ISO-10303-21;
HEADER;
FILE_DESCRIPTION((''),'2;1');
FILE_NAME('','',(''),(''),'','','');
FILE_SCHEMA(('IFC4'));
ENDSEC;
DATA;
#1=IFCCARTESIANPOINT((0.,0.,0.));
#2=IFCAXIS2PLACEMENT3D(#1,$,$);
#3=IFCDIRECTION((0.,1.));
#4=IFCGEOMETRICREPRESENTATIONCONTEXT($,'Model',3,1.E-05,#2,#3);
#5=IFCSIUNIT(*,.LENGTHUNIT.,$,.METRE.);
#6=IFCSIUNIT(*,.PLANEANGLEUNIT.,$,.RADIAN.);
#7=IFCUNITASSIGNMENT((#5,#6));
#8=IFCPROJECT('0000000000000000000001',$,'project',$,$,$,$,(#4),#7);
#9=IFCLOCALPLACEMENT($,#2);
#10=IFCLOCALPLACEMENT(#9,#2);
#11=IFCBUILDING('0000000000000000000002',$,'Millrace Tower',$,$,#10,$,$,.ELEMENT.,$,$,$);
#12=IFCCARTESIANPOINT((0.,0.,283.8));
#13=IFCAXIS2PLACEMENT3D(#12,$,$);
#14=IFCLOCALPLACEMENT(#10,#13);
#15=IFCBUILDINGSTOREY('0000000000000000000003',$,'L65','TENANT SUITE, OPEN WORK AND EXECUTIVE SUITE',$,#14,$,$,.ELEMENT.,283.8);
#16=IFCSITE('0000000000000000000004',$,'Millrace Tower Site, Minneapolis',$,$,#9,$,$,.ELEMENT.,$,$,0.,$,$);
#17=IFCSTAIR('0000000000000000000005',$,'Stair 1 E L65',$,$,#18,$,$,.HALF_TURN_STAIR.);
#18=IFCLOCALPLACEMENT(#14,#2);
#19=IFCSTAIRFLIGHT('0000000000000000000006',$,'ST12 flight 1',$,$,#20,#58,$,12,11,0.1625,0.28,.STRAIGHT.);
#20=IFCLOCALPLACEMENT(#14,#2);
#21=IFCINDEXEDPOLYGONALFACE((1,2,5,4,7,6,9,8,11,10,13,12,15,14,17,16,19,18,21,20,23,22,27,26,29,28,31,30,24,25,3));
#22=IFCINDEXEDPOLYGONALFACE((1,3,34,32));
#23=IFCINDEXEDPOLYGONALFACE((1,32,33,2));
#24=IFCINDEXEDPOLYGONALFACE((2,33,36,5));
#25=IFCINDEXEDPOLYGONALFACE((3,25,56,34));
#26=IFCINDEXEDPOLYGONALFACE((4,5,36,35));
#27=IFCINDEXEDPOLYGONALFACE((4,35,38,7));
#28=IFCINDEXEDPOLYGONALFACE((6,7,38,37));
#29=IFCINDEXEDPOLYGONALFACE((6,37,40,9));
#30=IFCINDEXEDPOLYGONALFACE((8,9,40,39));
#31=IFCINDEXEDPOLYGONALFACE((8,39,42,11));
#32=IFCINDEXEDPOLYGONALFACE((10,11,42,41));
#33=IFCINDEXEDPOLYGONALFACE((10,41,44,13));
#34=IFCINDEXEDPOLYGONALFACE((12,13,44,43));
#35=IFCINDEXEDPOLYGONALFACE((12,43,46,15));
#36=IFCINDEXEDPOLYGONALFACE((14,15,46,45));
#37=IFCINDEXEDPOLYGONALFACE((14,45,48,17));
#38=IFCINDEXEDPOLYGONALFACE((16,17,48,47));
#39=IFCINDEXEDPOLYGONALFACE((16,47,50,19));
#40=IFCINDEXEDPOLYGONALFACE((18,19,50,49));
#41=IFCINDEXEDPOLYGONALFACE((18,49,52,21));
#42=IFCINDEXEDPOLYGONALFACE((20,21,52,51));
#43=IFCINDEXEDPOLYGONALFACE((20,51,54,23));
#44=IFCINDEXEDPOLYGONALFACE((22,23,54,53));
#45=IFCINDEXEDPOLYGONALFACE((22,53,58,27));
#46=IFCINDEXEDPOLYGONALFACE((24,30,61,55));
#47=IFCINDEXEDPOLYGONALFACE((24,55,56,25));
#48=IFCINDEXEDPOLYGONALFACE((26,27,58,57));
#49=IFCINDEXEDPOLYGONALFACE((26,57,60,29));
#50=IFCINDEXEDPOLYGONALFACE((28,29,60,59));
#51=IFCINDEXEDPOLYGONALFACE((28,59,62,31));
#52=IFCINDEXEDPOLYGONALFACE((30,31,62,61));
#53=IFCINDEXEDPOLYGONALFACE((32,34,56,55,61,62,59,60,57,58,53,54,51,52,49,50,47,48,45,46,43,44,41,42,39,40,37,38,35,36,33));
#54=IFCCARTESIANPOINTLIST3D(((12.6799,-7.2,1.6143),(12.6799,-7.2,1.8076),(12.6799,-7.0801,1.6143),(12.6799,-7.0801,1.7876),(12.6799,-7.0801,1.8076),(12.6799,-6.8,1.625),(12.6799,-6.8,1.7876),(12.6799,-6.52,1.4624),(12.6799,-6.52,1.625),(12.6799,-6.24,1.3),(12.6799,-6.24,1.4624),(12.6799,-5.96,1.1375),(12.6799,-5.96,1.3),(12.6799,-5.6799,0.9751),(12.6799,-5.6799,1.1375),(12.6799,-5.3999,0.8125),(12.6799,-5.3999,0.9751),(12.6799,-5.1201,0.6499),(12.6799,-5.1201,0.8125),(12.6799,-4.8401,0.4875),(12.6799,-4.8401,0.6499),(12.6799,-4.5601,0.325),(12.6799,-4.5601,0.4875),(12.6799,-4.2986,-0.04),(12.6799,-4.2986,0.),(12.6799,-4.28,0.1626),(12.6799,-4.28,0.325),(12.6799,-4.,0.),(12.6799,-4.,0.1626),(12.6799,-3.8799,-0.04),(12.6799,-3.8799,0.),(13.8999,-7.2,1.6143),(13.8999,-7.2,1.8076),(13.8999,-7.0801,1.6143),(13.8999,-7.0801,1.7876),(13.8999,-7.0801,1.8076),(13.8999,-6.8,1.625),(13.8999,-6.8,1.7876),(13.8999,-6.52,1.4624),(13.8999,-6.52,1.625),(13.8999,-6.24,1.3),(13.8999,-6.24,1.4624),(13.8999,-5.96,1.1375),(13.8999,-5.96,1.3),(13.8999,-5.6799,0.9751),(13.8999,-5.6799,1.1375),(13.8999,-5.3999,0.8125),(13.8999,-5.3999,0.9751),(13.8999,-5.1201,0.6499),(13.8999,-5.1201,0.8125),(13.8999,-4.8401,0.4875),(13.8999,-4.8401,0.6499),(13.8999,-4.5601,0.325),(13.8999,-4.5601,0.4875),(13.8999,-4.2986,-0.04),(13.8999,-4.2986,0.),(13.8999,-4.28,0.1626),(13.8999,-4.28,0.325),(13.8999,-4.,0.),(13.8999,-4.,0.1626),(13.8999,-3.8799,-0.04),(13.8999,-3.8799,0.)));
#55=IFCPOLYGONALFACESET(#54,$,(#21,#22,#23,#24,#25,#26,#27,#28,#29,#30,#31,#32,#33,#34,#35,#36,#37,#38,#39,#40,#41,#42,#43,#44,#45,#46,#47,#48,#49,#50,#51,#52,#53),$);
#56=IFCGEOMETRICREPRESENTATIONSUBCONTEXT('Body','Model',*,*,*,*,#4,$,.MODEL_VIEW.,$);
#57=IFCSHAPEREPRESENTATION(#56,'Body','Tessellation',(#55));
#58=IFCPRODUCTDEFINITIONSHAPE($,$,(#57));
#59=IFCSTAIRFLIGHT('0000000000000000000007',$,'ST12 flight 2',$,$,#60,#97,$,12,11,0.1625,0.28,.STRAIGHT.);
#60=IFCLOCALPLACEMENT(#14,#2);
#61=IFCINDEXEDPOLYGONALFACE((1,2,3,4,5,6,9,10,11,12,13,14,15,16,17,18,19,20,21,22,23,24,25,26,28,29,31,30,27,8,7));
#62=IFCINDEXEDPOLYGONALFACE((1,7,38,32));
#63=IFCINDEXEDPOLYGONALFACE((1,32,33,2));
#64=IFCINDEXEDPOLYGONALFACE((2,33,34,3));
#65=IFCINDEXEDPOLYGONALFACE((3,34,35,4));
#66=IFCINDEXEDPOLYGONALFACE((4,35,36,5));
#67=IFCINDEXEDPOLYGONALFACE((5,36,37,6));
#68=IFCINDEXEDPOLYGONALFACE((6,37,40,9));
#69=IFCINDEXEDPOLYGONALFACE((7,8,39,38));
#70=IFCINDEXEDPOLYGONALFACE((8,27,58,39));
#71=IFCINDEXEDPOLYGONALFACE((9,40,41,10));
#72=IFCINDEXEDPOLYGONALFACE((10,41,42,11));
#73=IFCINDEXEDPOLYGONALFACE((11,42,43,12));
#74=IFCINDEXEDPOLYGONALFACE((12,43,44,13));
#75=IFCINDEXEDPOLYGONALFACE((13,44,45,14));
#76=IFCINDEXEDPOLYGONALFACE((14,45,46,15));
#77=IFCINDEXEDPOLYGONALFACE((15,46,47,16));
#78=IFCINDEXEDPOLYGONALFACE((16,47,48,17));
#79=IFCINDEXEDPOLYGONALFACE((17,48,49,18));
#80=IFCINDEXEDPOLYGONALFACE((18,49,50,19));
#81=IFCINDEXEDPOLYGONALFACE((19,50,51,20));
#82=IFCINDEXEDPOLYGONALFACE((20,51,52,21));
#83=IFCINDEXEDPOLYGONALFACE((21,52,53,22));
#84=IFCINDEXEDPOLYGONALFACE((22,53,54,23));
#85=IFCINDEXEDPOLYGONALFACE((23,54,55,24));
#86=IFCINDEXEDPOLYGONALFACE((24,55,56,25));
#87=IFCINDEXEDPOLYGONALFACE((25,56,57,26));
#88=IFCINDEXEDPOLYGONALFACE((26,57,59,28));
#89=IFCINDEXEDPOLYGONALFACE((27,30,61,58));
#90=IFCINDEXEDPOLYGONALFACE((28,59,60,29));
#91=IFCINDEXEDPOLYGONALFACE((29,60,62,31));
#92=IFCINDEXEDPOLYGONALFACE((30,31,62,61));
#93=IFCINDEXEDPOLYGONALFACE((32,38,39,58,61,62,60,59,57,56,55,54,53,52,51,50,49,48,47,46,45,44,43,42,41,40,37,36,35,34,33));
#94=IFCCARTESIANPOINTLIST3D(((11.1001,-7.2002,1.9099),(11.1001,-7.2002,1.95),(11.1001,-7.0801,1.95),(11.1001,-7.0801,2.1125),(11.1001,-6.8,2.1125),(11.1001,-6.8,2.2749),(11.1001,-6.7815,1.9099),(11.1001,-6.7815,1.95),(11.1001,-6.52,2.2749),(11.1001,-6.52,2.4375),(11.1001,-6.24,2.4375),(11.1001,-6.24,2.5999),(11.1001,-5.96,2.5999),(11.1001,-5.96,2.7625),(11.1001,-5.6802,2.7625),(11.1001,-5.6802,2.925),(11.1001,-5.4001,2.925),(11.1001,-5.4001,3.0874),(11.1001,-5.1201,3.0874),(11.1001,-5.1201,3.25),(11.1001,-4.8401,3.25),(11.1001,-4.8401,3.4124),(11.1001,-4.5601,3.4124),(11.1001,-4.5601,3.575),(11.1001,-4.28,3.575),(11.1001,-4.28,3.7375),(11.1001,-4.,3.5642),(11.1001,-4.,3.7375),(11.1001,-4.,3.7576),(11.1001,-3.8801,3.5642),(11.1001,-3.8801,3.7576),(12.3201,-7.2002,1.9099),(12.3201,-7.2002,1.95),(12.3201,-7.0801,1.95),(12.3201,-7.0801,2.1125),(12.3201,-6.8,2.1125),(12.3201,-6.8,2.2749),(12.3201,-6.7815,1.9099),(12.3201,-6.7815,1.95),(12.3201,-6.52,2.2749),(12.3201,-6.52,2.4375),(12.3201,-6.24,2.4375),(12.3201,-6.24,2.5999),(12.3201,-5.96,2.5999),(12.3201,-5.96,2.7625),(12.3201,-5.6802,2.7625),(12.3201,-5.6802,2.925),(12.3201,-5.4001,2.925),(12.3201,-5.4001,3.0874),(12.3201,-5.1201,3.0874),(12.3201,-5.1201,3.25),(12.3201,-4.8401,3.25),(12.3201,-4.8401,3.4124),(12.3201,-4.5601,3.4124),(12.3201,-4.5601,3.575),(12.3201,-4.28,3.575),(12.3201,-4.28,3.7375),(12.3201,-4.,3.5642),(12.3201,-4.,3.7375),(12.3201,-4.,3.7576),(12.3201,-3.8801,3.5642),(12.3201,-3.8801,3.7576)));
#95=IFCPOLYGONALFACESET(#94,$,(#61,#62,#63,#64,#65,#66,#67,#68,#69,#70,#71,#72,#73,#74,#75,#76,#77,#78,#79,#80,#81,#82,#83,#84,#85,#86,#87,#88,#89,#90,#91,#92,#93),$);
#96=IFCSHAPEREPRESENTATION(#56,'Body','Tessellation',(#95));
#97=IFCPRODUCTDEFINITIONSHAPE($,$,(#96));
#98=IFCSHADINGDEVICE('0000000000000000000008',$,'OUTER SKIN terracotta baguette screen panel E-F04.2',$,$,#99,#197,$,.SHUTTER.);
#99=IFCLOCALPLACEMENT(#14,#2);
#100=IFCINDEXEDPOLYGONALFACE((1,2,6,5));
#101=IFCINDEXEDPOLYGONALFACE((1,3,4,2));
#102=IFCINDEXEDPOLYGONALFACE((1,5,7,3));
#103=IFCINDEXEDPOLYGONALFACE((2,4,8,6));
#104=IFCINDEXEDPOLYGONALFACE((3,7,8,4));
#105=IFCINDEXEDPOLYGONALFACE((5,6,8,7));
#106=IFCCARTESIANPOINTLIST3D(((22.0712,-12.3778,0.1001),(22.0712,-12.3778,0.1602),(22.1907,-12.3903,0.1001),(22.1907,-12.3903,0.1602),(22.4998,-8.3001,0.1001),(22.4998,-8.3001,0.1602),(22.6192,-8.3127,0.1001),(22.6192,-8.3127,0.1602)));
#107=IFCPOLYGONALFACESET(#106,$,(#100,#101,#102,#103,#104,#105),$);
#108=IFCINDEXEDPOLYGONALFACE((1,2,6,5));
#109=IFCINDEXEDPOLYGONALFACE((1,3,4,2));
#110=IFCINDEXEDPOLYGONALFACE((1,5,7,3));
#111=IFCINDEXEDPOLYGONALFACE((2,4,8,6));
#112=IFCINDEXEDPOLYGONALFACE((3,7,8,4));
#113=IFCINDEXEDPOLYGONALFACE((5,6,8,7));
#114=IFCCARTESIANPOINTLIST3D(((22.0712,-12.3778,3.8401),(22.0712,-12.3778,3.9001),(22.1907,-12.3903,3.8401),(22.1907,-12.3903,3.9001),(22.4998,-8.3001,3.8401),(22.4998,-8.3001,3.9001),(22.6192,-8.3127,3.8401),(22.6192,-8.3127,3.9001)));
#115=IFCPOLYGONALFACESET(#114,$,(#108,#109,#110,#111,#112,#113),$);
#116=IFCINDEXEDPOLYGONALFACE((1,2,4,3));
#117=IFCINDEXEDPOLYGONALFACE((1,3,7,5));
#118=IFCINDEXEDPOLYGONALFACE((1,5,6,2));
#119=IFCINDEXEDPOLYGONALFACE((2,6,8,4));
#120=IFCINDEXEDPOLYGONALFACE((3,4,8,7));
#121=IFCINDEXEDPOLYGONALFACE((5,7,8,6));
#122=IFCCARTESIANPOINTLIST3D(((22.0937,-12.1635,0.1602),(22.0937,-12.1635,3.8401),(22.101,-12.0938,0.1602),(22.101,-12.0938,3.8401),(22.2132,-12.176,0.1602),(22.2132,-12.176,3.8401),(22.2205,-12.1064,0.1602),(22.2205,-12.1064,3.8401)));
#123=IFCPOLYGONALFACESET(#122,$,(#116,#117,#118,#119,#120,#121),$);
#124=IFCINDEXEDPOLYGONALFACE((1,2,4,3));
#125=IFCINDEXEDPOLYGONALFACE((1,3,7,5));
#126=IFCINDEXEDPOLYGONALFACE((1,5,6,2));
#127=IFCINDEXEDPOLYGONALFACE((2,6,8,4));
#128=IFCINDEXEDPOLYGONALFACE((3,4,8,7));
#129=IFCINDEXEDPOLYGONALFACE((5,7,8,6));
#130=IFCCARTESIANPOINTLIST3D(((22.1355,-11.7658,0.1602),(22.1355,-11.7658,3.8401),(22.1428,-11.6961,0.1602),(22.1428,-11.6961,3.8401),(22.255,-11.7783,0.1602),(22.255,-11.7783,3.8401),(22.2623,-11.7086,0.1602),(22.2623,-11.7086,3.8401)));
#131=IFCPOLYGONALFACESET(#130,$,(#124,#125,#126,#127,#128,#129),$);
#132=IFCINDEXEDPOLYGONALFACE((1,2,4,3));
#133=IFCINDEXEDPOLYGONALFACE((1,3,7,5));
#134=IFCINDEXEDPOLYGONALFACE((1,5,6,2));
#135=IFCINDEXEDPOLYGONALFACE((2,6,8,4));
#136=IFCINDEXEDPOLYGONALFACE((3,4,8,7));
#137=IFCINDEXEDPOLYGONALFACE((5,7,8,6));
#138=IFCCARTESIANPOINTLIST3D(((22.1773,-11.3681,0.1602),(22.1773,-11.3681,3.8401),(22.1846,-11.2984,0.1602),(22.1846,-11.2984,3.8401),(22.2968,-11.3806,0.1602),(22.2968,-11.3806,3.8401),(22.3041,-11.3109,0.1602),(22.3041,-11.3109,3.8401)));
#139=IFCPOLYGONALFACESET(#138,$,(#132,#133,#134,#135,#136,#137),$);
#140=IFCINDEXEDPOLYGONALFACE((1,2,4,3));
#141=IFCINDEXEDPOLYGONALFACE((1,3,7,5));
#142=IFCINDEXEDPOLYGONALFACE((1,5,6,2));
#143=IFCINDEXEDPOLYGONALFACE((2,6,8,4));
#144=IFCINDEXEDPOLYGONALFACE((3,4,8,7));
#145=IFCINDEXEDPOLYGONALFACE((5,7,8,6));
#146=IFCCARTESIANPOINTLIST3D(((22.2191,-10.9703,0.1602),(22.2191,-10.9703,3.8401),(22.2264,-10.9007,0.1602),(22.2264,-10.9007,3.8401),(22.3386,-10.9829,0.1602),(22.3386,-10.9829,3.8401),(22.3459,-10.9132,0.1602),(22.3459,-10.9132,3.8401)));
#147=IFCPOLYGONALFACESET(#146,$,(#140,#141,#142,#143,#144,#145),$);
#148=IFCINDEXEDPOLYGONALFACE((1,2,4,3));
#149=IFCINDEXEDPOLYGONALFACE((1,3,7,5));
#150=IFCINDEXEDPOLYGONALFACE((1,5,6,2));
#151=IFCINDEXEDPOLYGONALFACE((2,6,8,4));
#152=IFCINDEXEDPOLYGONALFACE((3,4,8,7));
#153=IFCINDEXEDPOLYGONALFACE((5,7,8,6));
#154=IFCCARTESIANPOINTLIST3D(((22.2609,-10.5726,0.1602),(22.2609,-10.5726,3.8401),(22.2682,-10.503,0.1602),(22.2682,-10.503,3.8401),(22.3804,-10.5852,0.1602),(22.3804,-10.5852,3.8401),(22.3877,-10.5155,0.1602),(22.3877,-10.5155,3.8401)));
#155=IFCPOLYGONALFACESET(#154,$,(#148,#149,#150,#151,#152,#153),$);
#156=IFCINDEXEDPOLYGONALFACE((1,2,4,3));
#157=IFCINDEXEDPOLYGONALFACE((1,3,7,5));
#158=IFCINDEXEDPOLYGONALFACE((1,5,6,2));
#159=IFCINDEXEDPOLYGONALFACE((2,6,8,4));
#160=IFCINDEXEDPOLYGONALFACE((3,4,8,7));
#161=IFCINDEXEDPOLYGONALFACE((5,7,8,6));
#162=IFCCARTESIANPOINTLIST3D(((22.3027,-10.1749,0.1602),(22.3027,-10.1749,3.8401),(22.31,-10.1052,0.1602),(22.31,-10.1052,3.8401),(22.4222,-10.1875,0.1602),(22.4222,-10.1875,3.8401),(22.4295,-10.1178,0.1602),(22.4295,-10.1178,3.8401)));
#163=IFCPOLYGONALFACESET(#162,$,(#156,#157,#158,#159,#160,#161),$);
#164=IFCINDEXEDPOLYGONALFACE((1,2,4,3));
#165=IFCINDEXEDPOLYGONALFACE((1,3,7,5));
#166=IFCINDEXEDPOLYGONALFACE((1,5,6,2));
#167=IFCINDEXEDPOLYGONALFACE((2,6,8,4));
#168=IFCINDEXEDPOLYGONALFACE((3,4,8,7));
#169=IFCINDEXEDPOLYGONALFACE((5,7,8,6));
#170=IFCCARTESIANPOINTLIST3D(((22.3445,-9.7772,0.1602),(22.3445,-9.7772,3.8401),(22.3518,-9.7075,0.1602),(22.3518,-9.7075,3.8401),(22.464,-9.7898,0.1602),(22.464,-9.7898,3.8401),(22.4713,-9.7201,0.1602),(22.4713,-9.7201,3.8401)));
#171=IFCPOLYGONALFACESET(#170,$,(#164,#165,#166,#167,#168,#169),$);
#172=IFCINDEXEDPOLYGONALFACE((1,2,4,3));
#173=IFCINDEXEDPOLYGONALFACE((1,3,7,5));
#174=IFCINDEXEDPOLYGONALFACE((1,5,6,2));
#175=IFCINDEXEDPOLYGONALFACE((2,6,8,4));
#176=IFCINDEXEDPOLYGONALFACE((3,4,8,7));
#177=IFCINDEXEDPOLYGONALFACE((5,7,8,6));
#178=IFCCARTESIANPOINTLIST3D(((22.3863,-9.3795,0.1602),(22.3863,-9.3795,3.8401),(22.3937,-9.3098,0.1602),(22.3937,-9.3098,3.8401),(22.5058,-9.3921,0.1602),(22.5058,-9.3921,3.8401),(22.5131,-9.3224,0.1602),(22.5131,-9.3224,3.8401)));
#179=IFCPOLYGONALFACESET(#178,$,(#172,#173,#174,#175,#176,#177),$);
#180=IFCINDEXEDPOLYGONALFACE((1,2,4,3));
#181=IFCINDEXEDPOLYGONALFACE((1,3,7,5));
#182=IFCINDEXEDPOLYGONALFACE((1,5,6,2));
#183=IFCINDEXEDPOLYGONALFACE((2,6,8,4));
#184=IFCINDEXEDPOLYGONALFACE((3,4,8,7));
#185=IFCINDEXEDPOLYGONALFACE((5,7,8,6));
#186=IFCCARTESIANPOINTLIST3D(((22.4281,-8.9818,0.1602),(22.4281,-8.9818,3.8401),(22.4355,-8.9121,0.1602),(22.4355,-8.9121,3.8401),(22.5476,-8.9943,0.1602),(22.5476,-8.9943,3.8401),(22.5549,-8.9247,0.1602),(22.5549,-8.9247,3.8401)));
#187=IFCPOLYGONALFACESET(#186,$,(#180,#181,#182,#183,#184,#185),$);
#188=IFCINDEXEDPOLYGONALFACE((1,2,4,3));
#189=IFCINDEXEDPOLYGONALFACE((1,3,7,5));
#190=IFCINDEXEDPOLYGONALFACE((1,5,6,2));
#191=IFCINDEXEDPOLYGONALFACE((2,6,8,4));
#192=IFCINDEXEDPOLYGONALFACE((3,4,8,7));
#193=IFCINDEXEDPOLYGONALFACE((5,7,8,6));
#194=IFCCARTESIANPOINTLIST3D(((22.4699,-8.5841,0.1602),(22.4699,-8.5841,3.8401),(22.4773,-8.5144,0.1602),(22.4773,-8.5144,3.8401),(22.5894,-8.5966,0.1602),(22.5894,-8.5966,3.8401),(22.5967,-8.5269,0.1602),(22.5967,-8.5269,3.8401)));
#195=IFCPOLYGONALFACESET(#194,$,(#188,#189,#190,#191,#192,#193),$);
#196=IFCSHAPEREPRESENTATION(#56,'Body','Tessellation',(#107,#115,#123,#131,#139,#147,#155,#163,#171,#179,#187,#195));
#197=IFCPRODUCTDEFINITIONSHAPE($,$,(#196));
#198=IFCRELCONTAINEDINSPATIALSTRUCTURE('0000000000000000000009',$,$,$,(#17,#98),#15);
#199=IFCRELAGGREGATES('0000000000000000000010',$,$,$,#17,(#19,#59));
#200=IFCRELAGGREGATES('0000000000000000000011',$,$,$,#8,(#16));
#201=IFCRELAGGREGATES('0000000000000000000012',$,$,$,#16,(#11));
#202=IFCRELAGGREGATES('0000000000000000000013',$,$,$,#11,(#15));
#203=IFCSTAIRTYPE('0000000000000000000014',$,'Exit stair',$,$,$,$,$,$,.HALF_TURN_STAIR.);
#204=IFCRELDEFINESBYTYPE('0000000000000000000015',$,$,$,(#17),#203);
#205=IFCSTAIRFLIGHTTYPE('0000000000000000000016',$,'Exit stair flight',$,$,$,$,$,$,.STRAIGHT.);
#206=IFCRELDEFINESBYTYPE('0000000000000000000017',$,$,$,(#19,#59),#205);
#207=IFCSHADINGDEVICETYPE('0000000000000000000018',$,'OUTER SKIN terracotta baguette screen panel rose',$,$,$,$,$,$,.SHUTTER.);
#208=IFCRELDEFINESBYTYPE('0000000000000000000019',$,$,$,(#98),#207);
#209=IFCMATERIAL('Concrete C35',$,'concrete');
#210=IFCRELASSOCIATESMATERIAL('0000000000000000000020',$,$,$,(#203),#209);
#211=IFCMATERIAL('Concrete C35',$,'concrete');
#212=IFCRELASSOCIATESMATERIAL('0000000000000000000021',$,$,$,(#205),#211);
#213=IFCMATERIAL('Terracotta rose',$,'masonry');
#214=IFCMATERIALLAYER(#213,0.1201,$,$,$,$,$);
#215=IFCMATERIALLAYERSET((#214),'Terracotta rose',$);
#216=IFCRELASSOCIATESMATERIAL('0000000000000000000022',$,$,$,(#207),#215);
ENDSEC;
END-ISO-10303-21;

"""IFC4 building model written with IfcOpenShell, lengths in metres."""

from ifc_helpers import new_model, entity, si_unit, direction, frame, frame_2d, origin, place, context, subcontext, project, spatial, polyline, rectangle, outline, extrude, source, transform, mapped, material, layer, layer_set, type_object, element, aggregate, save


model = new_model("IFC4")

# Units and contexts
model_context = context("Model", 3, precision=1e-05, world=origin(), true_north=direction((0.0, 1.0)))
body_context = subcontext(model_context, "Body", "Model", "MODEL_VIEW")
ifc_project = project(units=[si_unit("LENGTHUNIT", "METRE"), si_unit("PLANEANGLEUNIT", "RADIAN")], contexts=[model_context])

# Site, building, storey
site_placement = place(None, origin())
site = spatial("IfcSite", under=ifc_project, at=site_placement, Name="Millrace Tower Site, Minneapolis", CompositionType="ELEMENT", RefElevation=0.0)
building_placement = place(site_placement, origin())
building = spatial("IfcBuilding", under=site, at=building_placement, Name="Millrace Tower", CompositionType="ELEMENT")
storey_placement = place(building_placement, frame((0.0, 0.0, 283.8)))
storey = spatial("IfcBuildingStorey", under=building, at=storey_placement, Name="L65", Description="TENANT SUITE, OPEN WORK AND EXECUTIVE SUITE", CompositionType="ELEMENT", Elevation=283.8)

# Shared definitions
placement = place(storey_placement, origin())

# Stair, stair flights
ifc_material_1 = material(Name="Concrete C35", Category="concrete")
stair_type = type_object("IfcStairType", Name="Exit stair", PredefinedType="HALF_TURN_STAIR", material=ifc_material_1)
stair = element("IfcStair", 1, at=placement, inside=storey, type_object=stair_type, Name="Stair 1 E L65", PredefinedType="HALF_TURN_STAIR")
ifc_material_2 = material(Name="Concrete C35", Category="concrete")
stair_flight_type = type_object("IfcStairFlightType", Name="Exit stair flight", PredefinedType="STRAIGHT", material=ifc_material_2)
stair_flight_1_placement = place(storey_placement, frame((13.29, -4.0, 0.0), z_axis=(0.0, 0.0, 1.0), x_axis=(0.0, -1.0, 0.0)))
stair_flight_1 = element("IfcStairFlight", 2, at=stair_flight_1_placement, type_object=stair_flight_type, Name="ST12 flight 1", NumberOfRisers=12, NumberOfTreads=11, PredefinedType="STRAIGHT", RiserHeight=0.1625, TreadLength=0.28, context=body_context, shape_type="SweptSolid", body=[
    extrude(outline(polyline([(-0.1201, -0.04), (-0.1201, 0.0), (0.0, 0.0), (0.0, 0.1626), (0.28, 0.1626), (0.28, 0.325), (0.5601, 0.325), (0.5601, 0.4875), (0.8401, 0.4875), (0.8401, 0.6499), (1.1201, 0.6499), (1.1201, 0.8125), (1.3999, 0.8125), (1.3999, 0.9751), (1.6799, 0.9751), (1.6799, 1.1375), (1.96, 1.1375), (1.96, 1.3), (2.24, 1.3), (2.24, 1.4624), (2.52, 1.4624), (2.52, 1.625), (2.8, 1.625), (2.8, 1.7876), (3.0801, 1.7876), (3.0801, 1.8076), (3.2, 1.8076), (3.2, 1.6143), (3.0801, 1.6143), (0.2986, 0.0), (0.2986, -0.04), (-0.1201, -0.04)])), frame((0.0, 0.6099, 0.0), z_axis=(0.0, -1.0, 0.0), x_axis=(1.0, 0.0, 0.0)), (0.0, 0.0, 1.0), 1.22),
])
stair_flight_2_placement = place(storey_placement, frame((11.71, -7.0801, 1.95), z_axis=(0.0, 0.0, 1.0), x_axis=(0.0, 1.0, 0.0)))
stair_flight_2 = element("IfcStairFlight", 3, at=stair_flight_2_placement, type_object=stair_flight_type, Name="ST12 flight 2", NumberOfRisers=12, NumberOfTreads=11, PredefinedType="STRAIGHT", RiserHeight=0.1625, TreadLength=0.28, context=body_context, shape_type="SweptSolid", body=[
    extrude(outline(polyline([(-0.1201, -0.04), (-0.1201, 0.0), (0.0, 0.0), (0.0, 0.1626), (0.28, 0.1626), (0.28, 0.325), (0.5601, 0.325), (0.5601, 0.4875), (0.8401, 0.4875), (0.8401, 0.6499), (1.1201, 0.6499), (1.1201, 0.8125), (1.3999, 0.8125), (1.3999, 0.9751), (1.6799, 0.9751), (1.6799, 1.1375), (1.96, 1.1375), (1.96, 1.3), (2.24, 1.3), (2.24, 1.4624), (2.52, 1.4624), (2.52, 1.625), (2.8, 1.625), (2.8, 1.7876), (3.0801, 1.7876), (3.0801, 1.8076), (3.2, 1.8076), (3.2, 1.6143), (3.0801, 1.6143), (0.2986, 0.0), (0.2986, -0.04), (-0.1201, -0.04)])), frame((0.0, 0.6099, 0.0), z_axis=(0.0, -1.0, 0.0), x_axis=(1.0, 0.0, 0.0)), (0.0, 0.0, 1.0), 1.22),
])
aggregate(stair, [stair_flight_1, stair_flight_2])

# Shading device
ifc_material_3 = material(Name="Terracotta rose", Category="masonry")
ifc_layer_1 = layer(ifc_material_3, 0.1201)
ifc_layer_set_1 = layer_set([ifc_layer_1], Name="Terracotta rose")
shading_device_type = type_object("IfcShadingDeviceType", Name="OUTER SKIN terracotta baguette screen panel rose", PredefinedType="SHUTTER", material=ifc_layer_set_1)
cartesian_point = entity("IfcCartesianPoint", [-2.05, 0.0601])
shared_polyline = entity("IfcPolyline", [cartesian_point, entity("IfcCartesianPoint", [2.05, 0.0601]), entity("IfcCartesianPoint", [2.05, -0.0601]), entity("IfcCartesianPoint", [-2.05, -0.0601]), cartesian_point])
shared_shape = source(origin(), body_context, "Body", "SweptSolid", [
    entity("IfcExtrudedAreaSolid", entity("IfcArbitraryClosedProfileDef", "AREA", None, shared_polyline), entity("IfcAxis2Placement3D", entity("IfcCartesianPoint", [0.0, 0.0, 0.0])), entity("IfcDirection", [0.0, 0.0, 1.0]), 0.0601),
    entity("IfcExtrudedAreaSolid", entity("IfcArbitraryClosedProfileDef", "AREA", None, shared_polyline), entity("IfcAxis2Placement3D", entity("IfcCartesianPoint", [0.0, 0.0, 3.74])), entity("IfcDirection", [0.0, 0.0, 1.0]), 0.0601),
    extrude(rectangle(XDim=0.0701, YDim=0.1201, at=frame_2d((-1.7996, 0.0))), frame((0.0, 0.0, 0.0601)), (0.0, 0.0, 1.0), 3.6799),
    extrude(rectangle(XDim=0.0701, YDim=0.1201, at=frame_2d((-1.3997, 0.0))), frame((0.0, 0.0, 0.0601)), (0.0, 0.0, 1.0), 3.6799),
    extrude(rectangle(XDim=0.0701, YDim=0.1201, at=frame_2d((-0.9998, 0.0))), frame((0.0, 0.0, 0.0601)), (0.0, 0.0, 1.0), 3.6799),
    extrude(rectangle(XDim=0.0701, YDim=0.1201, at=frame_2d((-0.5999, 0.0))), frame((0.0, 0.0, 0.0601)), (0.0, 0.0, 1.0), 3.6799),
    extrude(rectangle(XDim=0.0701, YDim=0.1201, at=frame_2d((-0.2, 0.0))), frame((0.0, 0.0, 0.0601)), (0.0, 0.0, 1.0), 3.6799),
    extrude(rectangle(XDim=0.0701, YDim=0.1201, at=frame_2d((0.2, 0.0))), frame((0.0, 0.0, 0.0601)), (0.0, 0.0, 1.0), 3.6799),
    extrude(rectangle(XDim=0.0701, YDim=0.1201, at=frame_2d((0.5999, 0.0))), frame((0.0, 0.0, 0.0601)), (0.0, 0.0, 1.0), 3.6799),
    extrude(rectangle(XDim=0.0701, YDim=0.1201, at=frame_2d((0.9998, 0.0))), frame((0.0, 0.0, 0.0601)), (0.0, 0.0, 1.0), 3.6799),
    extrude(rectangle(XDim=0.0701, YDim=0.1201, at=frame_2d((1.3997, 0.0))), frame((0.0, 0.0, 0.0601)), (0.0, 0.0, 1.0), 3.6799),
    extrude(rectangle(XDim=0.0701, YDim=0.1201, at=frame_2d((1.7996, 0.0))), frame((0.0, 0.0, 0.0601)), (0.0, 0.0, 1.0), 3.6799),
])
for number, where, z_axis, x_axis, name in (
    (4, (22.3452, -10.3452, 0.1001), (0.0, 0.0, 1.0), (0.104528, 0.994522, 0.0), "OUTER SKIN terracotta baguette screen panel E-F04.2"),
):
    element("IfcShadingDevice", number, at=place(storey_placement, frame(where, z_axis=z_axis, x_axis=x_axis)), inside=storey, type_object=shading_device_type, Name=name, PredefinedType="SHUTTER", context=body_context, shape_type="MappedRepresentation", body=[
        mapped(shared_shape, transform((0.0, 0.0, 0.0), scale=1.0)),
    ])

save(model, "model.ifc")
